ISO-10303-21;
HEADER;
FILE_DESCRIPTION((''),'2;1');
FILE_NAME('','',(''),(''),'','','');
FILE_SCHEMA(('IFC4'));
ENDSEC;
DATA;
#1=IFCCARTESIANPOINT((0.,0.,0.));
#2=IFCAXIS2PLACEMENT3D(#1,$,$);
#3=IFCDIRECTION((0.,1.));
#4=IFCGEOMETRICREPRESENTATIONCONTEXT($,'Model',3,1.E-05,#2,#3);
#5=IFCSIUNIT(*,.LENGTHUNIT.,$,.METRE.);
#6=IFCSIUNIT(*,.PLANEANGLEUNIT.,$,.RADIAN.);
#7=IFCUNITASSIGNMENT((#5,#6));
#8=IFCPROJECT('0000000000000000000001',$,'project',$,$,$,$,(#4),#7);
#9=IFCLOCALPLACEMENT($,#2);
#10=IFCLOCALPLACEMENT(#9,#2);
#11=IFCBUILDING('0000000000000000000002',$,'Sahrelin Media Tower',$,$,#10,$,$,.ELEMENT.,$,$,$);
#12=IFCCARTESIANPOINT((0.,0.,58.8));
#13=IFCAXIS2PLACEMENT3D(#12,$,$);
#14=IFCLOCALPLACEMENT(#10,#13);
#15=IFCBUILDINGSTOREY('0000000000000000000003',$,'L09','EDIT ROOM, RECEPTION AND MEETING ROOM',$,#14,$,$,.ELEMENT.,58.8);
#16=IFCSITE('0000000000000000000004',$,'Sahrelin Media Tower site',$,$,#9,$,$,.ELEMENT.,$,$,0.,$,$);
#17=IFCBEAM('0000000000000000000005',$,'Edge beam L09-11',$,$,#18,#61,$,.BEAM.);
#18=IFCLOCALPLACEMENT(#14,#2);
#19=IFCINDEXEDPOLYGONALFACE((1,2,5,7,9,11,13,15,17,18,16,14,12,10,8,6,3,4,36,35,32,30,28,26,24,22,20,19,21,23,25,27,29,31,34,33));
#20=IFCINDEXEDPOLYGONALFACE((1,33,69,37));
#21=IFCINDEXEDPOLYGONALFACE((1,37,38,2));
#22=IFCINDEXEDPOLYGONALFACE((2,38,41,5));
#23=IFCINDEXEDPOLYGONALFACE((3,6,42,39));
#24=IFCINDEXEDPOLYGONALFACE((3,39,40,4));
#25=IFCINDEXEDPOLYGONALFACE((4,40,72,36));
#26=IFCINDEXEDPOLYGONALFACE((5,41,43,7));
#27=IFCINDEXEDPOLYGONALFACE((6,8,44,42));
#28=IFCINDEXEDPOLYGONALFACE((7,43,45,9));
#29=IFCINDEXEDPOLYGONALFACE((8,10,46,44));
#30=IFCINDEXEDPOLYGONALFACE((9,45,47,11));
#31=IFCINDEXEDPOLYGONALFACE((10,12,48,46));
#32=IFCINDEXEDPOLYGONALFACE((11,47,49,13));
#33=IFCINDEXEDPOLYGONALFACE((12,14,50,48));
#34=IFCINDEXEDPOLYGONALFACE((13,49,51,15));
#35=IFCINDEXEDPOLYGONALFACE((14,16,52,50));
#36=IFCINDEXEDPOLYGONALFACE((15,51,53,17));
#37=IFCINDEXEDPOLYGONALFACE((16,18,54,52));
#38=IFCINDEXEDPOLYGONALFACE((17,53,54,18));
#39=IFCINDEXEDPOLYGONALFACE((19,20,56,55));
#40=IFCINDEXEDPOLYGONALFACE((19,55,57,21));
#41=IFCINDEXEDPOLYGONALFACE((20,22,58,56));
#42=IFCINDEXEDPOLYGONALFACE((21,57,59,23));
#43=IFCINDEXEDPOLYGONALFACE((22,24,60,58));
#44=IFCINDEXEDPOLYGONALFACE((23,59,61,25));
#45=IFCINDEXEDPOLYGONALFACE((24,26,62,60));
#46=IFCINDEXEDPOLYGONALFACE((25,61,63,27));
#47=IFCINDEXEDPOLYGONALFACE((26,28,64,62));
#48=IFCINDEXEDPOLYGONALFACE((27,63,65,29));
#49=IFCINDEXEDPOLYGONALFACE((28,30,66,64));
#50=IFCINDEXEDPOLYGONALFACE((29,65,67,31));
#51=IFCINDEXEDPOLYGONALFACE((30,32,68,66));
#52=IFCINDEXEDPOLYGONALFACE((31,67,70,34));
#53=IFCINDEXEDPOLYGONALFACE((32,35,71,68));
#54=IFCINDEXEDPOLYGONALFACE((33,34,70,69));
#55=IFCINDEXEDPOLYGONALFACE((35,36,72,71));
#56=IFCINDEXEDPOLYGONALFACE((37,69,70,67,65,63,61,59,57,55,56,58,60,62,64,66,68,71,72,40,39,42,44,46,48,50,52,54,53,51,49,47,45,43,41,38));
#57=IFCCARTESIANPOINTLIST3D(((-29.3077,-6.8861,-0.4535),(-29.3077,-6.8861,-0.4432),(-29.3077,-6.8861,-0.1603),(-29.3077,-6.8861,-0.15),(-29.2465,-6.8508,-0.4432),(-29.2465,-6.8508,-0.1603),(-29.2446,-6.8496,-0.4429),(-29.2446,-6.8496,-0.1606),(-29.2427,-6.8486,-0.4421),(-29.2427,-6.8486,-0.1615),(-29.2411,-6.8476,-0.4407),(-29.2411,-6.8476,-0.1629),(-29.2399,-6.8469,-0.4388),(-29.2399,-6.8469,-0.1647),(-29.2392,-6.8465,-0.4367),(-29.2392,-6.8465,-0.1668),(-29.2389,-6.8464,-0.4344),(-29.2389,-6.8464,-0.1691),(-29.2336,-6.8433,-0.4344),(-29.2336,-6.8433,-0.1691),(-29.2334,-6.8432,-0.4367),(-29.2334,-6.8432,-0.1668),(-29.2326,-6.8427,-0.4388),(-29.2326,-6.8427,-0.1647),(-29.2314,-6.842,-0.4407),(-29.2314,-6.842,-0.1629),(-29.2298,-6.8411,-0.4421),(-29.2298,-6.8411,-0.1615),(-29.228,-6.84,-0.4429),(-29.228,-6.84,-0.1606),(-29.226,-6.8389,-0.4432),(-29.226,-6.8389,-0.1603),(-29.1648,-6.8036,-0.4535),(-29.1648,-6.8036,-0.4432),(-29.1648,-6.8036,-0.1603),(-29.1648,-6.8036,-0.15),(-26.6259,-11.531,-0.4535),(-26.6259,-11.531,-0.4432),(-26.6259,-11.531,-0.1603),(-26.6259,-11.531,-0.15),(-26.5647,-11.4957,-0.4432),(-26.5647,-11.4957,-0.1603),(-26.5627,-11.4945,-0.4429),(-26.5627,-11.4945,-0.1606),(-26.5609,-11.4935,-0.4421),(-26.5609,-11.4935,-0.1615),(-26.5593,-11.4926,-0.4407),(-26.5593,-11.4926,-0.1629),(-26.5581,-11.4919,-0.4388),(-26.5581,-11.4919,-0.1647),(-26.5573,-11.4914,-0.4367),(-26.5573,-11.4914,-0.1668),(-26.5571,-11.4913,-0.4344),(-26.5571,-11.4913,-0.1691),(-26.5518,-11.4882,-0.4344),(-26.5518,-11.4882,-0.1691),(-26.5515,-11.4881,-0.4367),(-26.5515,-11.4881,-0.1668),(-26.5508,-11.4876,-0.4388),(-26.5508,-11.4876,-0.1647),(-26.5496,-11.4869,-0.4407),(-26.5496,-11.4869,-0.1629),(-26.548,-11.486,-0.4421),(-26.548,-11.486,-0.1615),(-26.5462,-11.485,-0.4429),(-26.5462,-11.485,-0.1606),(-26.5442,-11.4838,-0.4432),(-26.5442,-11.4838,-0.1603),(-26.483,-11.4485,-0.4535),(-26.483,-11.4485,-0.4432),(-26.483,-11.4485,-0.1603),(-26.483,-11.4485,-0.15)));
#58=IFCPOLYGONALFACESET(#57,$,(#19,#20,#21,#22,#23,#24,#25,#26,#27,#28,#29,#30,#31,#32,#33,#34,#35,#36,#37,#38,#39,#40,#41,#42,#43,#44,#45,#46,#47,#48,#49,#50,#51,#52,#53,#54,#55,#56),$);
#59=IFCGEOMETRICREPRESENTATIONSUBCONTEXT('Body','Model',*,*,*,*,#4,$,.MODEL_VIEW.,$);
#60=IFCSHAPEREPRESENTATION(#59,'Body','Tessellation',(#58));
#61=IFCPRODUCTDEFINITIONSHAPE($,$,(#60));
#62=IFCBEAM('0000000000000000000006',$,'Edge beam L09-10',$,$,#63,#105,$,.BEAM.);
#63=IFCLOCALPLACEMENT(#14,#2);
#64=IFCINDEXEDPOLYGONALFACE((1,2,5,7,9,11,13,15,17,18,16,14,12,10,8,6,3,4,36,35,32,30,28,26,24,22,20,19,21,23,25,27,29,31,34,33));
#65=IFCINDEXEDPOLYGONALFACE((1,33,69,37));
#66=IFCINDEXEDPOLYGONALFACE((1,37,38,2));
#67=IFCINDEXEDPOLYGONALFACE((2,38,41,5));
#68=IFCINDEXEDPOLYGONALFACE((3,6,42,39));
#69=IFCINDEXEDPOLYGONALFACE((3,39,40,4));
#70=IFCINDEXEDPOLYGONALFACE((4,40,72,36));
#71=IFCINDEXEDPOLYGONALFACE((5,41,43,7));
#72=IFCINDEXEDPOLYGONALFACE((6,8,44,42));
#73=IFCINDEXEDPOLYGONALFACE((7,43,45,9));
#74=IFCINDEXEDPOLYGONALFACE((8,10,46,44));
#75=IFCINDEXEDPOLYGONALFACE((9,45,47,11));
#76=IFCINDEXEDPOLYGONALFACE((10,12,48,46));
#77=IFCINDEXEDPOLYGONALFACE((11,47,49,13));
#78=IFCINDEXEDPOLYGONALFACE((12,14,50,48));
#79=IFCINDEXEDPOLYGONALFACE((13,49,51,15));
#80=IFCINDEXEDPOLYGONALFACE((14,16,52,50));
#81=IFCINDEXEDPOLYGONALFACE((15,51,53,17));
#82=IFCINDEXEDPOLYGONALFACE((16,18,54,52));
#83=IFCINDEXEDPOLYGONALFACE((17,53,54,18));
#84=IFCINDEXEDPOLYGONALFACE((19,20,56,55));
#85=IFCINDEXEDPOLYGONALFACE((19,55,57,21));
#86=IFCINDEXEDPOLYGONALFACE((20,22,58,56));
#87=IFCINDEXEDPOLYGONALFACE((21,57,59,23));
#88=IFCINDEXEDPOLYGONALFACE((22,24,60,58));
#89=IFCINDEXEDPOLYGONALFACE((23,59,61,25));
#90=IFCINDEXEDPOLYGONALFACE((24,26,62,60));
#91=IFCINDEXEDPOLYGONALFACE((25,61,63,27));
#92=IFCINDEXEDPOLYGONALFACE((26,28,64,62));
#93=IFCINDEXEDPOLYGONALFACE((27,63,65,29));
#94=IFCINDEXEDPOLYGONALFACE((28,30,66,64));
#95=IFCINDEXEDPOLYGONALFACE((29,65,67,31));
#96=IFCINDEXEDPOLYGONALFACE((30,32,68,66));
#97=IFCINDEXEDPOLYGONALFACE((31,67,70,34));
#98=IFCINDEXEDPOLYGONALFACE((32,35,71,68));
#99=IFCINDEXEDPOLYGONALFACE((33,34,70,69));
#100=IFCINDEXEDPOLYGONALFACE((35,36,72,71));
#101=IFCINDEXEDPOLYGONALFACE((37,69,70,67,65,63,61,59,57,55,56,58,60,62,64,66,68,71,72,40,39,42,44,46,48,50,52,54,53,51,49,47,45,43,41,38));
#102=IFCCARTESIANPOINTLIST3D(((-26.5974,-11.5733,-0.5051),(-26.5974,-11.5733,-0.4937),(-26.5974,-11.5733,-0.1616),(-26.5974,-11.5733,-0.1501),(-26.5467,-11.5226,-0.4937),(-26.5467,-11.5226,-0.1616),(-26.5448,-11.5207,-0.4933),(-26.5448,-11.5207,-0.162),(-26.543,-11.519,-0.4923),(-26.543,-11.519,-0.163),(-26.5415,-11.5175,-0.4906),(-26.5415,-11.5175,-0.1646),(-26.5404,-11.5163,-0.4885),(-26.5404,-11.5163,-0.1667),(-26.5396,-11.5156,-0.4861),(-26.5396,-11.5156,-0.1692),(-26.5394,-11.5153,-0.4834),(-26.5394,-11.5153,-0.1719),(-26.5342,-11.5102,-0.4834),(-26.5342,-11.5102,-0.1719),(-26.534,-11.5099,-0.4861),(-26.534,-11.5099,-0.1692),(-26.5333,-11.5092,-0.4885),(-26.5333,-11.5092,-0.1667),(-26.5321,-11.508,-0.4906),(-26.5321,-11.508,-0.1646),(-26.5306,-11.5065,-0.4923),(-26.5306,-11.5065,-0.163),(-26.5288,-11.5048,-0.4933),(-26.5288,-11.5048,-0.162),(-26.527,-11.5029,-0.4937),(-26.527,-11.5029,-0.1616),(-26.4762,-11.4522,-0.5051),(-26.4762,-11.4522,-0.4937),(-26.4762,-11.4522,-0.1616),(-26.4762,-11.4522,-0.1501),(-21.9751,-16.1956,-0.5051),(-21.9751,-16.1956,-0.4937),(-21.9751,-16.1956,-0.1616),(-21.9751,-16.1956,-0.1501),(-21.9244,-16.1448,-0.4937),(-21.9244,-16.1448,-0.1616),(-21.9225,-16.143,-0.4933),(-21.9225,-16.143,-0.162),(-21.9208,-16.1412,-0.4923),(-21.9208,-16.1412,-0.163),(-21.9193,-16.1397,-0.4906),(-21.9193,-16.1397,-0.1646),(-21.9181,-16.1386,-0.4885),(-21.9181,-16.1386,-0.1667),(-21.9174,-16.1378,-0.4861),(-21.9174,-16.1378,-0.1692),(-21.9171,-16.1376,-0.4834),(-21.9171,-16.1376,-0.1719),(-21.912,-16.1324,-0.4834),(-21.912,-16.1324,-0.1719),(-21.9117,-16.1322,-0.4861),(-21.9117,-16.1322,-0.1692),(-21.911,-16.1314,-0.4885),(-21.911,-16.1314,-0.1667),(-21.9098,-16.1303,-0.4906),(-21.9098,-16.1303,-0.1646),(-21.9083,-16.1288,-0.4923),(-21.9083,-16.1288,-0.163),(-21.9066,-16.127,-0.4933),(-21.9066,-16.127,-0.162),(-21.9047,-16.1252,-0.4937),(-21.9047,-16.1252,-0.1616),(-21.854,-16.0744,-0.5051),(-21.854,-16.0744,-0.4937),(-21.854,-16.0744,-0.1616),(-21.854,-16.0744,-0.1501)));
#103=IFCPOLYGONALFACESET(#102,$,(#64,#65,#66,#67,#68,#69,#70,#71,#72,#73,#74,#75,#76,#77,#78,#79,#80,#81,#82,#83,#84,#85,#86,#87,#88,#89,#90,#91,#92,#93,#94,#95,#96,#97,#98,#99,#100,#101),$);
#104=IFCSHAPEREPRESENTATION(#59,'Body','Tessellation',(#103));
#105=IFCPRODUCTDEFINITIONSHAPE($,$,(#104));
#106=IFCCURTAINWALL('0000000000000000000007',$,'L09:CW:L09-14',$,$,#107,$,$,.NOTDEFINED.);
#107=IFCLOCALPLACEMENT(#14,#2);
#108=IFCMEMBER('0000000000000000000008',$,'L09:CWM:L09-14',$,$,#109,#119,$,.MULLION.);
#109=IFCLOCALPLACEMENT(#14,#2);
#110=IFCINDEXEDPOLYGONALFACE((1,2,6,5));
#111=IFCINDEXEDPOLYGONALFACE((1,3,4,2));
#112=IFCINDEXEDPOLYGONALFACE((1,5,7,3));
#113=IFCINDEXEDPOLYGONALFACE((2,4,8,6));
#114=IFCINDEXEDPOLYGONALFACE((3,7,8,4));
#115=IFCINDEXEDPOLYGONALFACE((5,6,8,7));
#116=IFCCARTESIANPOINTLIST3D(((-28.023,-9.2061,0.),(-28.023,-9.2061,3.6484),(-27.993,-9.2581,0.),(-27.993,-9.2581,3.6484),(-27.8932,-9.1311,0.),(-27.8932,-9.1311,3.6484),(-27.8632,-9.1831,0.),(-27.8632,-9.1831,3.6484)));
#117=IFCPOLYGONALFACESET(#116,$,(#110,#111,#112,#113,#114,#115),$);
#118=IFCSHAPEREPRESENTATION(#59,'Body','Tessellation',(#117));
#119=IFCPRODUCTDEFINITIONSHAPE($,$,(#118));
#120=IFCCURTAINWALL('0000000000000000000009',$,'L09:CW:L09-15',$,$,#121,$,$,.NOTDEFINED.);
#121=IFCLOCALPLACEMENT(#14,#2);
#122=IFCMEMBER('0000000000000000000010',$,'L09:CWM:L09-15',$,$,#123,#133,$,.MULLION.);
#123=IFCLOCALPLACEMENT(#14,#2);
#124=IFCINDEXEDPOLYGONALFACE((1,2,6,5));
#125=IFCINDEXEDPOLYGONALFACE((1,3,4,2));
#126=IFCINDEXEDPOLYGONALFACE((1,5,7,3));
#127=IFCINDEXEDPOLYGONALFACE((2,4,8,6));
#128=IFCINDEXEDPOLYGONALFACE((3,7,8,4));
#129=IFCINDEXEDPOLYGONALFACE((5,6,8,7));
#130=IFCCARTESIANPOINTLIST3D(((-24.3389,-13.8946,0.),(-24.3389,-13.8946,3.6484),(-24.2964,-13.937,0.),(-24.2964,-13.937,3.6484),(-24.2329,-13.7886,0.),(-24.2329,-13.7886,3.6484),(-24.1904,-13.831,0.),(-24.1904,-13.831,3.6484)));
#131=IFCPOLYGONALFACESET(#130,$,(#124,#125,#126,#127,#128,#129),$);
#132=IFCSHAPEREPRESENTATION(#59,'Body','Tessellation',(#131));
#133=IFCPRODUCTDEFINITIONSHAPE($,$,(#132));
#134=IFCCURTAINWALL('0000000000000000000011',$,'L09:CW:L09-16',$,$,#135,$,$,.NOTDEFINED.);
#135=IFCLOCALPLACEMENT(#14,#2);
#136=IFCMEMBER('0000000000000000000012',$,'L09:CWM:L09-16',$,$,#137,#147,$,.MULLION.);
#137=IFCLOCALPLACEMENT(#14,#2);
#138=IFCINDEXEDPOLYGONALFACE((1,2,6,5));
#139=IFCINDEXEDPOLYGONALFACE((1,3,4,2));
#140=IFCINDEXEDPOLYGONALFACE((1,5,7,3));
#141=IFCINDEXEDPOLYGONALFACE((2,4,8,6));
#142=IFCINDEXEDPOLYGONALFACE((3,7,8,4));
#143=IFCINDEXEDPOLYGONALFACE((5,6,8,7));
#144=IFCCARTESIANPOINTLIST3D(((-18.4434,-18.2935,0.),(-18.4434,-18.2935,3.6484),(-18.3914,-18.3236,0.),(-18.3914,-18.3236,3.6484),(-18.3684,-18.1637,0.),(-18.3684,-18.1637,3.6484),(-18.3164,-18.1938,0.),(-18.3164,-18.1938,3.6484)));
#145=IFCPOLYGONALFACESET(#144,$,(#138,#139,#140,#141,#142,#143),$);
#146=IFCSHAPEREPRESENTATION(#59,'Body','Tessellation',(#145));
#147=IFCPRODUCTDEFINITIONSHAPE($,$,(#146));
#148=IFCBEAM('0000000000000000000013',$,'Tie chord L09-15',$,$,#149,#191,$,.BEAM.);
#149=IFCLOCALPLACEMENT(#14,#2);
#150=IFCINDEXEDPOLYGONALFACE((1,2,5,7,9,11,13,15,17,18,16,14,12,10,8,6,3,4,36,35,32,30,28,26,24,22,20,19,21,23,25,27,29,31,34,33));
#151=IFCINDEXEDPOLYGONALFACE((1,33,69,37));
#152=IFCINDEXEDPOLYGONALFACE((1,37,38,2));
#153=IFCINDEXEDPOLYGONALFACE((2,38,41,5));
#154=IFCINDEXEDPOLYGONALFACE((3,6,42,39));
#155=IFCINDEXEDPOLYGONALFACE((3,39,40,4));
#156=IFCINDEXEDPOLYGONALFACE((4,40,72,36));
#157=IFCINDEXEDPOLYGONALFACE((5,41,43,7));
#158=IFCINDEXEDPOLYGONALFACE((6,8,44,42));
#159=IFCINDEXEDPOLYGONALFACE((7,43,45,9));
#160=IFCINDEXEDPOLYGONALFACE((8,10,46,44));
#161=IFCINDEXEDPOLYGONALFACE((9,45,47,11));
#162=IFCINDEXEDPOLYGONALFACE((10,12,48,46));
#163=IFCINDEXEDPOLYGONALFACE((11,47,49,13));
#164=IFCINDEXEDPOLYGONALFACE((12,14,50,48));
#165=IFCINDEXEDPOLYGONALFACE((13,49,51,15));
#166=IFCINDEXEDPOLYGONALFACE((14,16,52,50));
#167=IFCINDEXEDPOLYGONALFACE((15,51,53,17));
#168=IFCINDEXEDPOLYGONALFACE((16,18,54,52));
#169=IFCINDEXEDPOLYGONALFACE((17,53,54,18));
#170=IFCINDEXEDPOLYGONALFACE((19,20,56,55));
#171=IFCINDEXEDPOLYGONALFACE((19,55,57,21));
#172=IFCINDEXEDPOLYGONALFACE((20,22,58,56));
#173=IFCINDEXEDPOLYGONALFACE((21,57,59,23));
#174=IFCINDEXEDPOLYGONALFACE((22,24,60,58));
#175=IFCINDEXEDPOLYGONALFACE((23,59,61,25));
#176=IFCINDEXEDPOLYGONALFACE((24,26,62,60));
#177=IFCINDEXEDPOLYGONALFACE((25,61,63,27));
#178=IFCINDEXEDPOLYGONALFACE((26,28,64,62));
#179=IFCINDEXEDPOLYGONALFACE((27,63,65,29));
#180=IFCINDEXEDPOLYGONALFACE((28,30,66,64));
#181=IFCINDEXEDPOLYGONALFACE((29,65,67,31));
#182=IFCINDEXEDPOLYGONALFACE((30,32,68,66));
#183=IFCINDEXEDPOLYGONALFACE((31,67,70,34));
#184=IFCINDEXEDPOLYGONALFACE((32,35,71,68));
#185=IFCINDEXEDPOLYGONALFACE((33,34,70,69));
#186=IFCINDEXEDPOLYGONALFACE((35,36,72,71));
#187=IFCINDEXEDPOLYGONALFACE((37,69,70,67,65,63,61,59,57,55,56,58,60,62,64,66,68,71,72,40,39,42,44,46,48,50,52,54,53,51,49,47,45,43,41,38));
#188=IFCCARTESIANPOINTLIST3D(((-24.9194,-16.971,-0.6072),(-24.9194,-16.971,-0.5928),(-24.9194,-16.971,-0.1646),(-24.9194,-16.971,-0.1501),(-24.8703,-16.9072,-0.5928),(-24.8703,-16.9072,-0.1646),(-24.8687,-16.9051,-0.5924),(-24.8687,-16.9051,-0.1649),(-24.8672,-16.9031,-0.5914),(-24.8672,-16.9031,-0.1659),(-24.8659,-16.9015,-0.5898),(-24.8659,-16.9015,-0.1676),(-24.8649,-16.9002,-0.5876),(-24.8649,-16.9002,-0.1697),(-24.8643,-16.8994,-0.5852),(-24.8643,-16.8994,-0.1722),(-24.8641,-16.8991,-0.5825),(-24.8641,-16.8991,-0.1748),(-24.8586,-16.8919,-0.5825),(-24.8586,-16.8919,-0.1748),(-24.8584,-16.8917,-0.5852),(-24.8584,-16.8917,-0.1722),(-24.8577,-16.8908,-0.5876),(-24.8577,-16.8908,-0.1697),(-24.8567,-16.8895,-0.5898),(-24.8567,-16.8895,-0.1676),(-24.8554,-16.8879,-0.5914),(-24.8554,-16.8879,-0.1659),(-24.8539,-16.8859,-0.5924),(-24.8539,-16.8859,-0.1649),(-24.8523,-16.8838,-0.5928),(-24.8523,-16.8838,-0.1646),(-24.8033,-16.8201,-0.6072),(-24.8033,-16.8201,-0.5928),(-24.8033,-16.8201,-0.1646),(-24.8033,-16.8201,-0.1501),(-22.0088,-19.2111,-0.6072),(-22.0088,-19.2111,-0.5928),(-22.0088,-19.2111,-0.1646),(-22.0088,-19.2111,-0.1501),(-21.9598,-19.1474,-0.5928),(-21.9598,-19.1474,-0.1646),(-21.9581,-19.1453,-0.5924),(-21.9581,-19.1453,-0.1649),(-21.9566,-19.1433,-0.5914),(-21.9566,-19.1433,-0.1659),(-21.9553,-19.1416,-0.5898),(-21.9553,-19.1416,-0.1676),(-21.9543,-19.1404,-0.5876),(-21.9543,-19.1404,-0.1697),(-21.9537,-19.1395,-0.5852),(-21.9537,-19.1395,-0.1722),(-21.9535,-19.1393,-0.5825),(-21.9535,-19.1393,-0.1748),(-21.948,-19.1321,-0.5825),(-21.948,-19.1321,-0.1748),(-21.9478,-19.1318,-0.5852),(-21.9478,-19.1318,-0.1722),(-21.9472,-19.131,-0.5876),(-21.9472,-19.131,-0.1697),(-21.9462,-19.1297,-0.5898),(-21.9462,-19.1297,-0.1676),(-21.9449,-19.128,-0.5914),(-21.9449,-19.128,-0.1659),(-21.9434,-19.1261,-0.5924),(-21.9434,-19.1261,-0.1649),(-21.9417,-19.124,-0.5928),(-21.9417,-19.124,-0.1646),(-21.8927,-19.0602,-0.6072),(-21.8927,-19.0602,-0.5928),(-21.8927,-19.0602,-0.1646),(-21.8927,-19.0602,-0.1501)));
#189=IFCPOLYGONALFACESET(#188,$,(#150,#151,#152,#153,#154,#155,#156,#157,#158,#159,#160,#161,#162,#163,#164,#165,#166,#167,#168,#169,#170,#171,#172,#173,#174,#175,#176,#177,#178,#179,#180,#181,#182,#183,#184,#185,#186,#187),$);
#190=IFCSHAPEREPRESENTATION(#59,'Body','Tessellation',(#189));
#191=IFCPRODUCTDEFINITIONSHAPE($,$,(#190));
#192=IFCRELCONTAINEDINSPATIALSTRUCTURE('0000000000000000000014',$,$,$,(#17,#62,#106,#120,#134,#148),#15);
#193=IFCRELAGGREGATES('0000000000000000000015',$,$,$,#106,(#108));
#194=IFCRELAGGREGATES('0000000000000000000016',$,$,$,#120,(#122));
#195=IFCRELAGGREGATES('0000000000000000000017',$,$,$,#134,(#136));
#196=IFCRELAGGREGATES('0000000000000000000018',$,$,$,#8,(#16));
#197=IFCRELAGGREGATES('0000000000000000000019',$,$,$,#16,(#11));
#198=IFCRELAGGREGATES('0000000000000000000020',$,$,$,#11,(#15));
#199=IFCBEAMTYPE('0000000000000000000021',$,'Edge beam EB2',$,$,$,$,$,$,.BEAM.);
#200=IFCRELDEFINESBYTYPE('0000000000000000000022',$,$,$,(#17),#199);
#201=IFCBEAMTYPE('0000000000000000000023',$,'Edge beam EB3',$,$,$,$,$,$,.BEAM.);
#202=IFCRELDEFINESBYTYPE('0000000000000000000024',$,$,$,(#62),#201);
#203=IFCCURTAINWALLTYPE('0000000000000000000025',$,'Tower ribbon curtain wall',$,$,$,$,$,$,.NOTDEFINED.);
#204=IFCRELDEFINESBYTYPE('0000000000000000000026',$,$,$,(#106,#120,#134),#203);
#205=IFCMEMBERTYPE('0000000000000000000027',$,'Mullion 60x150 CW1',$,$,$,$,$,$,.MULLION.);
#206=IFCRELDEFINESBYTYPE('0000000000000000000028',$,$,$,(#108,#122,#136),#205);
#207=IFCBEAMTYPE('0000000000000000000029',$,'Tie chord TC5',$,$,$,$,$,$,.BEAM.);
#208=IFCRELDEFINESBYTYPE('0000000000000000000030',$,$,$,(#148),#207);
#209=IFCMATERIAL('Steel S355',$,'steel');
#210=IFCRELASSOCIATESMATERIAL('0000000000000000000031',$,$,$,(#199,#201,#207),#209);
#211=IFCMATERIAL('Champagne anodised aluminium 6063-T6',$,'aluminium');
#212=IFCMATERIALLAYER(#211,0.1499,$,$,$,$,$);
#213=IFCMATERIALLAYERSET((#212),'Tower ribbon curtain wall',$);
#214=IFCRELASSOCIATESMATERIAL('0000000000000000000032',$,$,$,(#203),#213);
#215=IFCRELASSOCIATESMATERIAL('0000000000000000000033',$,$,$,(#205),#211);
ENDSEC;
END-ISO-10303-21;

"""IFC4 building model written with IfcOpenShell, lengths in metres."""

from ifc_helpers import new_model, si_unit, direction, frame, origin, origin_2d, place, context, subcontext, project, spatial, rectangle, i_section, extrude, material, layer, layer_set, material_profile, profile_set, type_object, element, aggregate, save


model = new_model("IFC4")

# Units and contexts
model_context = context("Model", 3, precision=1e-05, world=origin(), true_north=direction((0.0, 1.0)))
body_context = subcontext(model_context, "Body", "Model", "MODEL_VIEW")
ifc_project = project(units=[si_unit("LENGTHUNIT", "METRE"), si_unit("PLANEANGLEUNIT", "RADIAN")], contexts=[model_context])

# Site, building, storey
site_placement = place(None, origin())
site = spatial("IfcSite", under=ifc_project, at=site_placement, Name="Sahrelin Media Tower site", CompositionType="ELEMENT", RefElevation=0.0)
building_placement = place(site_placement, origin())
building = spatial("IfcBuilding", under=site, at=building_placement, Name="Sahrelin Media Tower", CompositionType="ELEMENT")
storey_placement = place(building_placement, frame((0.0, 0.0, 58.8)))
storey = spatial("IfcBuildingStorey", under=building, at=storey_placement, Name="L09", Description="EDIT ROOM, RECEPTION AND MEETING ROOM", CompositionType="ELEMENT", Elevation=58.8)

# Beams
ifc_material_1 = material(Name="Steel S355", Category="steel")
ifc_material_profile_1 = material_profile(ifc_material_1, i_section(OverallWidth=0.165, OverallDepth=0.3035, WebThickness=0.0061, FlangeThickness=0.0103, FilletRadius=0.0088, at=origin_2d()), Name="UB 305x165x40")
ifc_profile_set_1 = profile_set([ifc_material_profile_1], Name="Steel S355")
beam_type_1 = type_object("IfcBeamType", Name="Edge beam EB2", PredefinedType="BEAM", material=ifc_profile_set_1)
beam_1_placement = place(storey_placement, frame((-26.5544, -11.4897, -0.3018), z_axis=(-0.500011, 0.866019, 0.0), x_axis=(-0.866019, -0.500011, 0.0)))
element("IfcBeam", 1, at=beam_1_placement, inside=storey, type_object=beam_type_1, Name="Edge beam L09-11", PredefinedType="BEAM", context=body_context, shape_type="SweptSolid", body=[
    extrude(i_section(OverallWidth=0.165, OverallDepth=0.3035, WebThickness=0.0061, FlangeThickness=0.0103, FilletRadius=0.0088, at=origin_2d()), origin(), (0.0, 0.0, 1.0), 5.3635),
])
ifc_material_profile_2 = material_profile(ifc_material_1, i_section(OverallWidth=0.1714, OverallDepth=0.355, WebThickness=0.0073, FlangeThickness=0.0115, FilletRadius=0.0103, at=origin_2d()), Name="UB 356x171x51")
ifc_profile_set_2 = profile_set([ifc_material_profile_2], Name="Steel S355")
beam_type_2 = type_object("IfcBeamType", Name="Edge beam EB3", PredefinedType="BEAM", material=ifc_profile_set_2)
beam_2_placement = place(storey_placement, frame((-21.9146, -16.135, -0.3276), z_axis=(-0.707107, 0.707107, 0.0), x_axis=(-0.707107, -0.707107, 0.0)))
element("IfcBeam", 2, at=beam_2_placement, inside=storey, type_object=beam_type_2, Name="Edge beam L09-10", PredefinedType="BEAM", context=body_context, shape_type="SweptSolid", body=[
    extrude(i_section(OverallWidth=0.1714, OverallDepth=0.355, WebThickness=0.0073, FlangeThickness=0.0115, FilletRadius=0.0103, at=origin_2d()), origin(), (0.0, 0.0, 1.0), 6.5369),
])

# Curtain walls, members
ifc_material_2 = material(Name="Champagne anodised aluminium 6063-T6", Category="aluminium")
ifc_layer_1 = layer(ifc_material_2, 0.1499)
ifc_layer_set_1 = layer_set([ifc_layer_1], Name="Tower ribbon curtain wall")
curtain_wall_type = type_object("IfcCurtainWallType", Name="Tower ribbon curtain wall", PredefinedType="NOTDEFINED", material=ifc_layer_set_1)
curtain_wall_1_placement = place(storey_placement, frame((-28.0254, -9.2422, 0.0), z_axis=(0.0, 0.0, 1.0), x_axis=(1.0, 0.0, 0.0)))
curtain_wall_1 = element("IfcCurtainWall", 3, at=curtain_wall_1_placement, inside=storey, type_object=curtain_wall_type, Name="L09:CW:L09-14", PredefinedType="NOTDEFINED")
ifc_material_profile_3 = material_profile(ifc_material_2, rectangle(XDim=0.0601, YDim=0.1499, at=origin_2d()), Name="Mullion 60x150")
ifc_profile_set_3 = profile_set([ifc_material_profile_3], Name="Champagne anodised aluminium 6063-T6")
member_type_1 = type_object("IfcMemberType", Name="Mullion 60x150 CW1", PredefinedType="MULLION", material=ifc_profile_set_3)
member_1_placement = place(storey_placement, frame((-27.9431, -9.1946, 0.0), z_axis=(0.0, 0.0, 1.0), x_axis=(0.500008, -0.866021, 0.0)))
member_1 = element("IfcMember", 4, at=member_1_placement, type_object=member_type_1, Name="L09:CWM:L09-14", PredefinedType="MULLION", context=body_context, shape_type="SweptSolid", body=[
    extrude(rectangle(XDim=0.0601, YDim=0.1499, at=origin_2d()), origin(), (0.0, 0.0, 1.0), 3.6484),
])
aggregate(curtain_wall_1, [member_1])
curtain_wall_2_placement = place(storey_placement, frame((-24.3318, -13.9299, 0.0), z_axis=(0.0, 0.0, 1.0), x_axis=(1.0, 0.0, 0.0)))
curtain_wall_2 = element("IfcCurtainWall", 5, at=curtain_wall_2_placement, inside=storey, type_object=curtain_wall_type, Name="L09:CW:L09-15", PredefinedType="NOTDEFINED")
member_2_placement = place(storey_placement, frame((-24.2646, -13.8628, 0.0), z_axis=(0.0, 0.0, 1.0), x_axis=(0.707107, -0.707107, 0.0)))
member_2 = element("IfcMember", 6, at=member_2_placement, type_object=member_type_1, Name="L09:CWM:L09-15", PredefinedType="MULLION", context=body_context, shape_type="SweptSolid", body=[
    extrude(rectangle(XDim=0.0601, YDim=0.1499, at=origin_2d()), origin(), (0.0, 0.0, 1.0), 3.6484),
])
curtain_wall_3_placement = place(storey_placement, frame((-18.4275, -18.3257, 0.0), z_axis=(0.0, 0.0, 1.0), x_axis=(1.0, 0.0, 0.0)))
curtain_wall_3 = element("IfcCurtainWall", 7, at=curtain_wall_3_placement, inside=storey, type_object=curtain_wall_type, Name="L09:CW:L09-16", PredefinedType="NOTDEFINED")
member_3_placement = place(storey_placement, frame((-18.3799, -18.2437, 0.0), z_axis=(0.0, 0.0, 1.0), x_axis=(0.866025, -0.5, 0.0)))
member_3 = element("IfcMember", 8, at=member_3_placement, type_object=member_type_1, Name="L09:CWM:L09-16", PredefinedType="MULLION", context=body_context, shape_type="SweptSolid", body=[
    extrude(rectangle(XDim=0.0601, YDim=0.1499, at=origin_2d()), origin(), (0.0, 0.0, 1.0), 3.6484),
])

# Beam
ifc_material_profile_4 = material_profile(ifc_material_1, i_section(OverallWidth=0.1904, OverallDepth=0.457, WebThickness=0.009, FlangeThickness=0.0144, FilletRadius=0.0103, at=origin_2d()), Name="UB 457x191x74")
ifc_profile_set_4 = profile_set([ifc_material_profile_4], Name="Steel S355")
beam_type_3 = type_object("IfcBeamType", Name="Tie chord TC5", PredefinedType="BEAM", material=ifc_profile_set_4)
beam_3_placement = place(storey_placement, frame((-24.8613, -16.8955, -0.3787), z_axis=(0.792456, -0.609929, 0.0), x_axis=(0.609929, 0.792456, 0.0)))
element("IfcBeam", 9, at=beam_3_placement, inside=storey, type_object=beam_type_3, Name="Tie chord L09-15", PredefinedType="BEAM", context=body_context, shape_type="SweptSolid", body=[
    extrude(i_section(OverallWidth=0.1904, OverallDepth=0.457, WebThickness=0.009, FlangeThickness=0.0144, FilletRadius=0.0103, at=origin_2d()), origin(), (0.0, 0.0, 1.0), 3.6729),
])

aggregate(curtain_wall_2, [member_2])
aggregate(curtain_wall_3, [member_3])

save(model, "model.ifc")
